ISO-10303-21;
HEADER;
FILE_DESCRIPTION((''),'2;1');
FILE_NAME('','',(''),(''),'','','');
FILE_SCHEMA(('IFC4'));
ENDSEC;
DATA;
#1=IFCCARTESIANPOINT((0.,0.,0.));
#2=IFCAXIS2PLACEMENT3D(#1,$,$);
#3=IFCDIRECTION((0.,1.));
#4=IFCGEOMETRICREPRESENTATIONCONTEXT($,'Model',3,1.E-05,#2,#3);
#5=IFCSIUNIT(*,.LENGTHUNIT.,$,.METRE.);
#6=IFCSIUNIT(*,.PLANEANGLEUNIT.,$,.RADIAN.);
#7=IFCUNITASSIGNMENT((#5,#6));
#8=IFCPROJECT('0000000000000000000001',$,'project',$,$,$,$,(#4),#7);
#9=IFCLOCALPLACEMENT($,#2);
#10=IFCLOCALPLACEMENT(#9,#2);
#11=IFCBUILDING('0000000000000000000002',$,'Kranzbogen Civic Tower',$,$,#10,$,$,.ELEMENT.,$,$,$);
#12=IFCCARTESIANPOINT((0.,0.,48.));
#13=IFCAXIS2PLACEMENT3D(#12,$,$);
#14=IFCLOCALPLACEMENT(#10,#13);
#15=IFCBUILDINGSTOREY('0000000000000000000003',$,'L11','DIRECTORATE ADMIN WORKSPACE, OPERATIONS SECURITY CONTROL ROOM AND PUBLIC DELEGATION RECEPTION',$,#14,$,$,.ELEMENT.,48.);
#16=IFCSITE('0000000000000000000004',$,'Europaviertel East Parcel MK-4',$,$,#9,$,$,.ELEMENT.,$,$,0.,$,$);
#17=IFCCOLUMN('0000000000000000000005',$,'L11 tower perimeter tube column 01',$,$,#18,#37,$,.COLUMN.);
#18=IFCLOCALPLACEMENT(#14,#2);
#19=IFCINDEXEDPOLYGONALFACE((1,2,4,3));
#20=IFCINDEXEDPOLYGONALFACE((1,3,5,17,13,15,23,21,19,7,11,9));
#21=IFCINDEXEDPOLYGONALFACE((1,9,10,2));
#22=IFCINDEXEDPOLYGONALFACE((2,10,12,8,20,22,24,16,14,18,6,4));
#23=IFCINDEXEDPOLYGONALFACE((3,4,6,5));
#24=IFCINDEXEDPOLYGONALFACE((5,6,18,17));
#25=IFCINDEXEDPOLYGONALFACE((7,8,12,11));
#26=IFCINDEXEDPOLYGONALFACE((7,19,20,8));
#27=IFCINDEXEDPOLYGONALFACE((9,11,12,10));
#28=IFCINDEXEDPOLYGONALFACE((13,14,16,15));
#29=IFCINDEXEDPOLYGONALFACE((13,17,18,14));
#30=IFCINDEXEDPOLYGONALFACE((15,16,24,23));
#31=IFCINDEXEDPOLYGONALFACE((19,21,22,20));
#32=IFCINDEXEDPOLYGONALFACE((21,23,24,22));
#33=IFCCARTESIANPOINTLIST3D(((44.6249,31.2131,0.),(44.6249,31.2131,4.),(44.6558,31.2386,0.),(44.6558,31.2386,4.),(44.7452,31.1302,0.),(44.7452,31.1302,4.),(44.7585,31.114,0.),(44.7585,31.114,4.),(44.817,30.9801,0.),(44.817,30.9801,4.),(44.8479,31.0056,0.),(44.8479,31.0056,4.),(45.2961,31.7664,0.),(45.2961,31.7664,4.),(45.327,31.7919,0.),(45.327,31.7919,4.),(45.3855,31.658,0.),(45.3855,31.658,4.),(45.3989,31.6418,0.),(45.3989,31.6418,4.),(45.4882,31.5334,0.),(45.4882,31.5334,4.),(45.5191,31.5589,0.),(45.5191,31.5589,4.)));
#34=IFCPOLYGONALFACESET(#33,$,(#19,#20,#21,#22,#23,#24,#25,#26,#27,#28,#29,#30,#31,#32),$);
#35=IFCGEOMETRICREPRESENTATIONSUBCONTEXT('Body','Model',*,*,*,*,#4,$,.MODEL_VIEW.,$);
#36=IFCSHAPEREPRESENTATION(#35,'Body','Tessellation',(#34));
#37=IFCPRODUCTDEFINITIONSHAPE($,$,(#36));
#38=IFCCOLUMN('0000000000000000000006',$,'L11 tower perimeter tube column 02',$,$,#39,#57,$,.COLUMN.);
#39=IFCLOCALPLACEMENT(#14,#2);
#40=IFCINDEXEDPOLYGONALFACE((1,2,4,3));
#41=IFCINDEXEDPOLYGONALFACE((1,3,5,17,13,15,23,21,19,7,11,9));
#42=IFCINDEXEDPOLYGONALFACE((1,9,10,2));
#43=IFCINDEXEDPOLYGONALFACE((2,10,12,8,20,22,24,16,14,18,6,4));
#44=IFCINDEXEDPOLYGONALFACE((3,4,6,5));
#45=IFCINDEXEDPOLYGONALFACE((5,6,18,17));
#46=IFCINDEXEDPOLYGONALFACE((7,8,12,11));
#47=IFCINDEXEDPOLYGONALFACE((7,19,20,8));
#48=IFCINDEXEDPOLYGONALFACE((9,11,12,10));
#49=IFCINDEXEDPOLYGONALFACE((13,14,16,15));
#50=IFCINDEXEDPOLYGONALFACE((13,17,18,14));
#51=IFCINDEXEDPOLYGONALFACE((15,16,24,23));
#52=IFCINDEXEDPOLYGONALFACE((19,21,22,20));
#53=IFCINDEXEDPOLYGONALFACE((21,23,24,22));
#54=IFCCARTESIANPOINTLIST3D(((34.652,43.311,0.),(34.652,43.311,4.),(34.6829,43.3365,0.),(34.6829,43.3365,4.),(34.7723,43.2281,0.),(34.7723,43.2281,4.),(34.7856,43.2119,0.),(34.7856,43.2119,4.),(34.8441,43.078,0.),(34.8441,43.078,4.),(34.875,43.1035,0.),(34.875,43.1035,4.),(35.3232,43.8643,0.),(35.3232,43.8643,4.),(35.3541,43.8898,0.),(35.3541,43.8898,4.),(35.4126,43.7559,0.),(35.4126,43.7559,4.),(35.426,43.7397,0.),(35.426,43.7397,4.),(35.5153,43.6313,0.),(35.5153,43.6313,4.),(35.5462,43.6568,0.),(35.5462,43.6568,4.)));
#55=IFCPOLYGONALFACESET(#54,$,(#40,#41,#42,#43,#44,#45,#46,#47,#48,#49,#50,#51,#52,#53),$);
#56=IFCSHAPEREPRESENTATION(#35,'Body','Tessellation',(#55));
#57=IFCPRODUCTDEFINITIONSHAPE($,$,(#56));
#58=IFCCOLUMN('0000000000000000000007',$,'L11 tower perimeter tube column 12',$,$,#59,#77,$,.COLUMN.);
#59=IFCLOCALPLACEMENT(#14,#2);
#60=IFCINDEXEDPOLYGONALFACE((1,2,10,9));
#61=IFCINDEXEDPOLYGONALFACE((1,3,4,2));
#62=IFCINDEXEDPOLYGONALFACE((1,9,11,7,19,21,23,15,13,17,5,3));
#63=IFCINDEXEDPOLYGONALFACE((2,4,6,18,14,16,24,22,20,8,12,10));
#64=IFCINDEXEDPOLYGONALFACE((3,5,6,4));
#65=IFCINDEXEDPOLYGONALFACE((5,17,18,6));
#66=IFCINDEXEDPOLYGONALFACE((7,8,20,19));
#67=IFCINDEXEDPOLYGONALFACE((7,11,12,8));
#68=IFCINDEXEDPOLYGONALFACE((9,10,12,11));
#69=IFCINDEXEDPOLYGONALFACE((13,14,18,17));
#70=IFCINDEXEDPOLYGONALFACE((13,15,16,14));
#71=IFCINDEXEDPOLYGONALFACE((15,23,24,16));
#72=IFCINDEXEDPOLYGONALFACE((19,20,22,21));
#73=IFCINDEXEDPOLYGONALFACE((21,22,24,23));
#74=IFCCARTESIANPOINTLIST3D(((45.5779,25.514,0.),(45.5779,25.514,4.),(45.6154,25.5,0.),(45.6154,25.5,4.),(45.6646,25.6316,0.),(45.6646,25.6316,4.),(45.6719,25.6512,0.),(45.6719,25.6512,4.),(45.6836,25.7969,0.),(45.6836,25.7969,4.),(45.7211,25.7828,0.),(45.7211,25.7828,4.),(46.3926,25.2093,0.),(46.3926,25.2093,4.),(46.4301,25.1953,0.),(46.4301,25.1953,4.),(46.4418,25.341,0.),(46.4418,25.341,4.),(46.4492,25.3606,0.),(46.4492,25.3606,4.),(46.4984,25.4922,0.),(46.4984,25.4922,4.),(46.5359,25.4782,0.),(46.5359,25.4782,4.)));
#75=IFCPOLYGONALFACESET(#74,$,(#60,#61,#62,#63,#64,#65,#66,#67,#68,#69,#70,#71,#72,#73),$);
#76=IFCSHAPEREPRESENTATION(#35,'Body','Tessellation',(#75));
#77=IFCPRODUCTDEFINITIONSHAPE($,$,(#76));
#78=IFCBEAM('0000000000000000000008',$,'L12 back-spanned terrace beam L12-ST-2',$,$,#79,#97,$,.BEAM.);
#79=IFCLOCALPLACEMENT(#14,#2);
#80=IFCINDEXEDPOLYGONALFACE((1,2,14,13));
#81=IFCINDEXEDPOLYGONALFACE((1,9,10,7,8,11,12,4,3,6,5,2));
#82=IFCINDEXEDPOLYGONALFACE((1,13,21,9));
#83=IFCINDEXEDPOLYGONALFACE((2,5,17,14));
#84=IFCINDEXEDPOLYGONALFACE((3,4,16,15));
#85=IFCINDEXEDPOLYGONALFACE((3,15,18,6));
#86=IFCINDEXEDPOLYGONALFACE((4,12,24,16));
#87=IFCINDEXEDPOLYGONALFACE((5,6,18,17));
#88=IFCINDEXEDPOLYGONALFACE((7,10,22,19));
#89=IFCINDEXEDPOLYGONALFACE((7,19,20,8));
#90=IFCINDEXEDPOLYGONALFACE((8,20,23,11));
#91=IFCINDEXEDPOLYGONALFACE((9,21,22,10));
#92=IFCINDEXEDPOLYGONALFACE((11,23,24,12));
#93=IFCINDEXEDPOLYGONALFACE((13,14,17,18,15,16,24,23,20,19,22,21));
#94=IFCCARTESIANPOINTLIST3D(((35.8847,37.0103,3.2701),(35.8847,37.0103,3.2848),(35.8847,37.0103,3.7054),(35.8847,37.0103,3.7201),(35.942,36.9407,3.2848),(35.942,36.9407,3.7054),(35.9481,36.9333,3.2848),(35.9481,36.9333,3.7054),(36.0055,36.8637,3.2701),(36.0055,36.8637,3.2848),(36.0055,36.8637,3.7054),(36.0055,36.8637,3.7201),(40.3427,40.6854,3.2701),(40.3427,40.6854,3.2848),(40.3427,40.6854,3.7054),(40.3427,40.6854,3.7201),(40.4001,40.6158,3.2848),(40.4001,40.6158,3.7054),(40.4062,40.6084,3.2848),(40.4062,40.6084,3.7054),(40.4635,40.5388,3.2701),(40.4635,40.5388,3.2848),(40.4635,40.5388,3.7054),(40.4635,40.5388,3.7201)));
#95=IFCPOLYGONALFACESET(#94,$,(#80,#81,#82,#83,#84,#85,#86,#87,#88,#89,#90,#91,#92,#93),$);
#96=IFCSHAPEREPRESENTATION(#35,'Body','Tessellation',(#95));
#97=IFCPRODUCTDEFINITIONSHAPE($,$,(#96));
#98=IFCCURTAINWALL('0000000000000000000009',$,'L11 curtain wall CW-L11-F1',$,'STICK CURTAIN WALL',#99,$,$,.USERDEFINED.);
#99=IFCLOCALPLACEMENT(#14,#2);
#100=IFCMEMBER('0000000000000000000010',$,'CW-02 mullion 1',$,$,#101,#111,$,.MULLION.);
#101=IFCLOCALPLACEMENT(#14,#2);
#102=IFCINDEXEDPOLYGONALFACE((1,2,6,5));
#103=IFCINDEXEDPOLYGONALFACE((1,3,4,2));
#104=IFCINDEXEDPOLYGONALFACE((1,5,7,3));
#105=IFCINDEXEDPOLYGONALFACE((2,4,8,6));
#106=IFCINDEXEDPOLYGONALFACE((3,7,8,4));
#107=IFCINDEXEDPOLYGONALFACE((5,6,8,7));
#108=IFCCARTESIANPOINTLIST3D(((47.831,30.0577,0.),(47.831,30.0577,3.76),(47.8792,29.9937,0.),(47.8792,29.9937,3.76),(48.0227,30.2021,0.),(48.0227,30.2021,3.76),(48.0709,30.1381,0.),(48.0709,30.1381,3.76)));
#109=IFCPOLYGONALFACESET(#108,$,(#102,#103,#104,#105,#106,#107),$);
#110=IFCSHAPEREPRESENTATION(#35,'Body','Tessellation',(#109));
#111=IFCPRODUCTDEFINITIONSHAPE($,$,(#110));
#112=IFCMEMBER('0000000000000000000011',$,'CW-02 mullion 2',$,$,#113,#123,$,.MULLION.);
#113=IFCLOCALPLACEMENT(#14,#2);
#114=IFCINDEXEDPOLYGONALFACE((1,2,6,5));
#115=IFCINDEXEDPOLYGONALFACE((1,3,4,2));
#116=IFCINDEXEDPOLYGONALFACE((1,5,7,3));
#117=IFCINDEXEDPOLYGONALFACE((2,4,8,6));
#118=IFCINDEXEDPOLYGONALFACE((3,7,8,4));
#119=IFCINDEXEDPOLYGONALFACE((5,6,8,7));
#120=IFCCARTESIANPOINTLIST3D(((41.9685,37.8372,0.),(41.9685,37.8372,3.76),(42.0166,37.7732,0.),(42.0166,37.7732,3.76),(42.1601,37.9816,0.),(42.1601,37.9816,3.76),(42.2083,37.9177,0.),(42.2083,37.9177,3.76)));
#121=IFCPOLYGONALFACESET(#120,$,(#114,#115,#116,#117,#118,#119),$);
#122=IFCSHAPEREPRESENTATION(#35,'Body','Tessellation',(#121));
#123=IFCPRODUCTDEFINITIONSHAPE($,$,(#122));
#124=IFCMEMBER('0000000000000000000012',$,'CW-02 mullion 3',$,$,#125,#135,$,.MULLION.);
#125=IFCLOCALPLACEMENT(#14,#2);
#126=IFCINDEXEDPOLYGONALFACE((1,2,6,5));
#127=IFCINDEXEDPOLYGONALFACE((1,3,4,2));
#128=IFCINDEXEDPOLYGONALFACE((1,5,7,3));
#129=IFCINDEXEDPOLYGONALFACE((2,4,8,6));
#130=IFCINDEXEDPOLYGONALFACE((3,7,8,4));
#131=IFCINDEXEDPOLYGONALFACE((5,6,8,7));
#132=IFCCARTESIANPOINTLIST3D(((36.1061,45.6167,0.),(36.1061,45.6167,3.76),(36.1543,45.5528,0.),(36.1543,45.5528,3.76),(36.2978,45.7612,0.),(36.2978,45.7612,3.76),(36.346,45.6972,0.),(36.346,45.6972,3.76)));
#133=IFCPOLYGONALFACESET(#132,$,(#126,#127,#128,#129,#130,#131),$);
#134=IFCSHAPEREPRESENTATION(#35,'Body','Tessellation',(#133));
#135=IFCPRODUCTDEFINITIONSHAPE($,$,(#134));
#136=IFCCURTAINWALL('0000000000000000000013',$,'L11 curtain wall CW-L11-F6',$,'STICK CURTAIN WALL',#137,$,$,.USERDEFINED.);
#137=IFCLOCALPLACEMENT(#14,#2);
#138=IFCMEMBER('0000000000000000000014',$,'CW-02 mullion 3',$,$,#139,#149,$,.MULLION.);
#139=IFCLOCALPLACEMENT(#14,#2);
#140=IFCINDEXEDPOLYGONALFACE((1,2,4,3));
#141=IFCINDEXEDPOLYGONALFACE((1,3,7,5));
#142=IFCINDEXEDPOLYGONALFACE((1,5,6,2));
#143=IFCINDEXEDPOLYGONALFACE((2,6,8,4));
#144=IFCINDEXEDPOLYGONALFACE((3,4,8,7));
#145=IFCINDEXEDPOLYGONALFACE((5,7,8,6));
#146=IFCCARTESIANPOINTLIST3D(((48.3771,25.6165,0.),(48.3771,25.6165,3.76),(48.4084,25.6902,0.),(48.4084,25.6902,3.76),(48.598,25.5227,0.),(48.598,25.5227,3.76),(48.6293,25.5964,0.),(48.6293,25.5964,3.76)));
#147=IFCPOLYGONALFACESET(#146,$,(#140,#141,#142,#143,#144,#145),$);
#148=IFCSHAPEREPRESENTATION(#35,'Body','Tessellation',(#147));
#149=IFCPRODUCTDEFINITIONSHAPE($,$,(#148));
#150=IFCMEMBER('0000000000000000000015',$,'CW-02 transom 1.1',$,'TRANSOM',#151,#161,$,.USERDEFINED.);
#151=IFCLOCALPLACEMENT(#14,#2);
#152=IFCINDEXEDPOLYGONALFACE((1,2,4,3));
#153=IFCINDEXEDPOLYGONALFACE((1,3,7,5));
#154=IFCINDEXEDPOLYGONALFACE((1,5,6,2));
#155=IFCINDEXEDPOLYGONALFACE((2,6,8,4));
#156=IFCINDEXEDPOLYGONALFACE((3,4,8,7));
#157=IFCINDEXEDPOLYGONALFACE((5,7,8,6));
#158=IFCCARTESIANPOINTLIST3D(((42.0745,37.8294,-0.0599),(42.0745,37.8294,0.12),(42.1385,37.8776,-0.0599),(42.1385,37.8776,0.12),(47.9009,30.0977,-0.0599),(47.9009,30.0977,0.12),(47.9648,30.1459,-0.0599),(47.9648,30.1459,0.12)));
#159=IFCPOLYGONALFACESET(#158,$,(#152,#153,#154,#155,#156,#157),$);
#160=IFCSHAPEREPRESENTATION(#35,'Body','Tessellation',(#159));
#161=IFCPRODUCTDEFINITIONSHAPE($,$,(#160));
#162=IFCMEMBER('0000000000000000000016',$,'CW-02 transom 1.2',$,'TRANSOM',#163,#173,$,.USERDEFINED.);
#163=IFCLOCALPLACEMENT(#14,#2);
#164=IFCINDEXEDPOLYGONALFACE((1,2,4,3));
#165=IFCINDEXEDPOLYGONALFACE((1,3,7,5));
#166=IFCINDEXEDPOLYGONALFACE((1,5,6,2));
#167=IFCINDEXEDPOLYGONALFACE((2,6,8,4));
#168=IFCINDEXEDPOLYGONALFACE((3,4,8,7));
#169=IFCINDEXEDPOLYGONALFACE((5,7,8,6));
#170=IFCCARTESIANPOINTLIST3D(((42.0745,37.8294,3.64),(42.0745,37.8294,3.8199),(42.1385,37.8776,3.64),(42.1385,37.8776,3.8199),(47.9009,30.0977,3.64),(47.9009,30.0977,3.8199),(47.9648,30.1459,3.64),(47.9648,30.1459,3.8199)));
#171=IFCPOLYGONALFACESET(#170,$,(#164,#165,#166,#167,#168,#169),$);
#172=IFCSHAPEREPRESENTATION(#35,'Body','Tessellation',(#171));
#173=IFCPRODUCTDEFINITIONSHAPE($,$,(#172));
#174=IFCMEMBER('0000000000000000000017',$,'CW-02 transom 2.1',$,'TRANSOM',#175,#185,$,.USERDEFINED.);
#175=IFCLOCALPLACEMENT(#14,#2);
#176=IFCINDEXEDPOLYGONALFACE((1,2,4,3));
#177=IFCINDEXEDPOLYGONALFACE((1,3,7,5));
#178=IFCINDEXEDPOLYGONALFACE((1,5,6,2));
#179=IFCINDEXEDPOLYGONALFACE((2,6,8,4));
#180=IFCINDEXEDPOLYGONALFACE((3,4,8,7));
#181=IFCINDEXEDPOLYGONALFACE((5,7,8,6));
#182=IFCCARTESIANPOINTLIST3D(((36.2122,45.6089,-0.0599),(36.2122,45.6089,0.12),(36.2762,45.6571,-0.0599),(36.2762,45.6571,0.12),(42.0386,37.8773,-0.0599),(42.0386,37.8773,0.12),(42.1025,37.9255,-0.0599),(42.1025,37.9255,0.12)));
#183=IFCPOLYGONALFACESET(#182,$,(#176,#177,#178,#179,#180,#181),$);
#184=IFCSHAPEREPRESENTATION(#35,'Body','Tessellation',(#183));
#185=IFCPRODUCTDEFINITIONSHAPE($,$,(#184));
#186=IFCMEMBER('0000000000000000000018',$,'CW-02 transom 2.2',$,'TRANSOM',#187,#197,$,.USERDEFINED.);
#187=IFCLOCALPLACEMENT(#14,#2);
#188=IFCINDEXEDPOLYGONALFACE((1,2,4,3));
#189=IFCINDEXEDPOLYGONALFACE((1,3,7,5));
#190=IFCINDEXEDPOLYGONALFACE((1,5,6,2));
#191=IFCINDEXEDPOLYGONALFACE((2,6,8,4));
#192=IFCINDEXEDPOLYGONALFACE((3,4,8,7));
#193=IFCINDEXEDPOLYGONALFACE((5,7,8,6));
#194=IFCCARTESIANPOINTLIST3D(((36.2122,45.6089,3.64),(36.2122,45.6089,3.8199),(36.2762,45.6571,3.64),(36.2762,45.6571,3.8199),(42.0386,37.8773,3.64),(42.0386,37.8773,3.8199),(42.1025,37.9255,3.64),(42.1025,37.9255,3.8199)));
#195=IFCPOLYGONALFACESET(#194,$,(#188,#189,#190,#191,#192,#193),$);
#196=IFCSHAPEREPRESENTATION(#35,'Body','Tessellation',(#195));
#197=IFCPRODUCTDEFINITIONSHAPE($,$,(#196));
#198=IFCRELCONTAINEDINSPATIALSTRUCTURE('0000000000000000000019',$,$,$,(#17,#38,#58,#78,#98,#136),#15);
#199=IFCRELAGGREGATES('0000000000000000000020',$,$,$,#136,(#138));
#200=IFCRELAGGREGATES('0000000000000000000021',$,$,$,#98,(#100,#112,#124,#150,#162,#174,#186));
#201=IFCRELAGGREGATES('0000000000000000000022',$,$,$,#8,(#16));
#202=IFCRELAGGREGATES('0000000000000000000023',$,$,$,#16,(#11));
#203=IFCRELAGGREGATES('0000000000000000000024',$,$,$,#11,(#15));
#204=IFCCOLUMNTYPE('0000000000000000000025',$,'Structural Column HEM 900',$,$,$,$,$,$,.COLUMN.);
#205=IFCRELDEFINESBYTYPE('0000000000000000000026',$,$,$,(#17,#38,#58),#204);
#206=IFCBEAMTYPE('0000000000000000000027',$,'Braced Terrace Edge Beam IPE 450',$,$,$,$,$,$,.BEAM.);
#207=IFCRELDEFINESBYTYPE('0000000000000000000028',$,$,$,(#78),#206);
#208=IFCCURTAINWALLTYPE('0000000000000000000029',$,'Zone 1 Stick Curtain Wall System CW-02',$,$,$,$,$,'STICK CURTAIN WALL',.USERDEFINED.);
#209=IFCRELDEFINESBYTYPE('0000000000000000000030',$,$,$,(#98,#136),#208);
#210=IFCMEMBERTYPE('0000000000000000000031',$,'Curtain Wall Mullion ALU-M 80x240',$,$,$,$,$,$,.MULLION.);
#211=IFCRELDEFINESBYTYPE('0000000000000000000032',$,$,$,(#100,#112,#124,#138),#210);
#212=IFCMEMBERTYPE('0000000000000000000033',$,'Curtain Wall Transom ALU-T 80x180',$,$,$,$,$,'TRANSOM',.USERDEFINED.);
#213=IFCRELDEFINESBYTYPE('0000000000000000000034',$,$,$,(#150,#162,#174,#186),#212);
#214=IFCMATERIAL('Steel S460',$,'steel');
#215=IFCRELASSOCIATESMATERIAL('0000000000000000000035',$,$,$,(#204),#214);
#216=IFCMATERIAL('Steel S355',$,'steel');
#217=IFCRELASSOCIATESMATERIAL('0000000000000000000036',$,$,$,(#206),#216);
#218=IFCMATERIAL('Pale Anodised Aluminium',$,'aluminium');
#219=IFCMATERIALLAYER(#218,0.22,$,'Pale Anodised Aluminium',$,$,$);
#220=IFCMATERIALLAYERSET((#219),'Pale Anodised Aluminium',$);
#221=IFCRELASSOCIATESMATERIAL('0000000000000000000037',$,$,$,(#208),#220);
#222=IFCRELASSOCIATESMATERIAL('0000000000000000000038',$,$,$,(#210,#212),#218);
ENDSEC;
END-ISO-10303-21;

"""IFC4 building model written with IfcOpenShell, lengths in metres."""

from ifc_helpers import new_model, si_unit, direction, frame, origin, origin_2d, place, context, subcontext, project, spatial, rectangle, i_section, extrude, material, layer, layer_set, material_profile, profile_set, type_object, element, aggregate, save


model = new_model("IFC4")

# Units and contexts
model_context = context("Model", 3, precision=1e-05, world=origin(), true_north=direction((0.0, 1.0)))
body_context = subcontext(model_context, "Body", "Model", "MODEL_VIEW")
ifc_project = project(units=[si_unit("LENGTHUNIT", "METRE"), si_unit("PLANEANGLEUNIT", "RADIAN")], contexts=[model_context])

# Site, building, storey
site_placement = place(None, origin())
site = spatial("IfcSite", under=ifc_project, at=site_placement, Name="Europaviertel East Parcel MK-4", CompositionType="ELEMENT", RefElevation=0.0)
building_placement = place(site_placement, origin())
building = spatial("IfcBuilding", under=site, at=building_placement, Name="Kranzbogen Civic Tower", CompositionType="ELEMENT")
storey_placement = place(building_placement, frame((0.0, 0.0, 48.0)))
storey = spatial("IfcBuildingStorey", under=building, at=storey_placement, Name="L11", Description="DIRECTORATE ADMIN WORKSPACE, OPERATIONS SECURITY CONTROL ROOM AND PUBLIC DELEGATION RECEPTION", CompositionType="ELEMENT", Elevation=48.0)

# Columns
ifc_material_1 = material(Name="Steel S460", Category="steel")
ifc_material_profile_1 = material_profile(ifc_material_1, i_section(OverallWidth=0.302, OverallDepth=0.9099, WebThickness=0.021, FlangeThickness=0.04, at=origin_2d()), Name="HEM 900")
ifc_profile_set_1 = profile_set([ifc_material_profile_1], Name="Steel S460")
column_type = type_object("IfcColumnType", Name="Structural Column HEM 900", PredefinedType="COLUMN", material=ifc_profile_set_1)
for number, where, z_axis, x_axis, name in (
    (1, (45.072, 31.386, 0.0), (0.0, 0.0, 1.0), (-0.636078, 0.771625, 0.0), "L11 tower perimeter tube column 01"),
    (2, (35.0991, 43.4839, 0.0), (0.0, 0.0, 1.0), (-0.636078, 0.771625, 0.0), "L11 tower perimeter tube column 02"),
    (3, (46.0569, 25.4961, 0.0), (0.0, 0.0, 1.0), (0.350207, 0.936672, 0.0), "L11 tower perimeter tube column 12"),
):
    element("IfcColumn", number, at=place(storey_placement, frame(where, z_axis=z_axis, x_axis=x_axis)), inside=storey, type_object=column_type, Name=name, PredefinedType="COLUMN", context=body_context, shape_type="SweptSolid", body=[
        extrude(i_section(OverallWidth=0.302, OverallDepth=0.9099, WebThickness=0.021, FlangeThickness=0.04, at=origin_2d()), origin(), (0.0, 0.0, 1.0), 4.0),
    ])

# Beam
ifc_material_2 = material(Name="Steel S355", Category="steel")
ifc_material_profile_2 = material_profile(ifc_material_2, i_section(OverallWidth=0.1899, OverallDepth=0.45, WebThickness=0.0095, FlangeThickness=0.0146, at=origin_2d()), Name="IPE 450")
ifc_profile_set_2 = profile_set([ifc_material_profile_2], Name="Steel S355")
beam_type_1 = type_object("IfcBeamType", Name="Braced Terrace Edge Beam IPE 450", PredefinedType="BEAM", material=ifc_profile_set_2)
beam_1_placement = place(storey_placement, frame((35.9451, 36.937, 3.4951), z_axis=(0.771612, 0.636094, 0.0), x_axis=(-0.636094, 0.771612, 0.0)))
element("IfcBeam", 4, at=beam_1_placement, inside=storey, type_object=beam_type_1, Name="L12 back-spanned terrace beam L12-ST-2", PredefinedType="BEAM", context=body_context, shape_type="SweptSolid", body=[
    extrude(i_section(OverallWidth=0.1899, OverallDepth=0.45, WebThickness=0.0095, FlangeThickness=0.0146, at=origin_2d()), origin(), (0.0, 0.0, 1.0), 5.7776),
])

# Curtain wall, members
ifc_material_3 = material(Name="Pale Anodised Aluminium", Category="aluminium")
ifc_layer_1 = layer(ifc_material_3, 0.22, Name="Pale Anodised Aluminium")
ifc_layer_set_1 = layer_set([ifc_layer_1], Name="Pale Anodised Aluminium")
curtain_wall_type = type_object("IfcCurtainWallType", Name="Zone 1 Stick Curtain Wall System CW-02", ElementType="STICK CURTAIN WALL", PredefinedType="USERDEFINED", material=ifc_layer_set_1)
curtain_wall_1_placement = place(storey_placement, origin())
curtain_wall_1 = element("IfcCurtainWall", 5, at=curtain_wall_1_placement, inside=storey, type_object=curtain_wall_type, Name="L11 curtain wall CW-L11-F1", ObjectType="STICK CURTAIN WALL", PredefinedType="USERDEFINED")
ifc_material_profile_3 = material_profile(ifc_material_3, rectangle(XDim=0.0801, YDim=0.24, at=origin_2d()), Name="ALU-M 80x240")
ifc_profile_set_3 = profile_set([ifc_material_profile_3], Name="Pale Anodised Aluminium")
member_type_1 = type_object("IfcMemberType", Name="Curtain Wall Mullion ALU-M 80x240", PredefinedType="MULLION", material=ifc_profile_set_3)
member_1_placement = place(storey_placement, frame((47.9509, 30.0979, 0.0), z_axis=(0.0, 0.0, 1.0), x_axis=(-0.601824, 0.798629, 0.0)))
member_1 = element("IfcMember", 6, at=member_1_placement, type_object=member_type_1, Name="CW-02 mullion 1", PredefinedType="MULLION", context=body_context, shape_type="SweptSolid", body=[
    extrude(rectangle(XDim=0.0801, YDim=0.24, at=origin_2d()), origin(), (0.0, 0.0, 1.0), 3.76),
])
member_2_placement = place(storey_placement, frame((42.0884, 37.8774, 0.0), z_axis=(0.0, 0.0, 1.0), x_axis=(-0.601824, 0.798629, 0.0)))
member_2 = element("IfcMember", 7, at=member_2_placement, type_object=member_type_1, Name="CW-02 mullion 2", PredefinedType="MULLION", context=body_context, shape_type="SweptSolid", body=[
    extrude(rectangle(XDim=0.0801, YDim=0.24, at=origin_2d()), origin(), (0.0, 0.0, 1.0), 3.76),
])
member_3_placement = place(storey_placement, frame((36.2261, 45.657, 0.0), z_axis=(0.0, 0.0, 1.0), x_axis=(-0.601824, 0.798629, 0.0)))
member_3 = element("IfcMember", 8, at=member_3_placement, type_object=member_type_1, Name="CW-02 mullion 3", PredefinedType="MULLION", context=body_context, shape_type="SweptSolid", body=[
    extrude(rectangle(XDim=0.0801, YDim=0.24, at=origin_2d()), origin(), (0.0, 0.0, 1.0), 3.76),
])

# Curtain wall, member
curtain_wall_2_placement = place(storey_placement, origin())
curtain_wall_2 = element("IfcCurtainWall", 9, at=curtain_wall_2_placement, inside=storey, type_object=curtain_wall_type, Name="L11 curtain wall CW-L11-F6", ObjectType="STICK CURTAIN WALL", PredefinedType="USERDEFINED")
member_4_placement = place(storey_placement, frame((48.5032, 25.6064, 0.0), z_axis=(0.0, 0.0, 1.0), x_axis=(0.39078, 0.920484, 0.0)))
member_4 = element("IfcMember", 10, at=member_4_placement, type_object=member_type_1, Name="CW-02 mullion 3", PredefinedType="MULLION", context=body_context, shape_type="SweptSolid", body=[
    extrude(rectangle(XDim=0.0801, YDim=0.24, at=origin_2d()), origin(), (0.0, 0.0, 1.0), 3.76),
])
aggregate(curtain_wall_2, [member_4])

# Members
ifc_material_profile_4 = material_profile(ifc_material_3, rectangle(XDim=0.0801, YDim=0.1799, at=origin_2d()), Name="ALU-T 80x180")
ifc_profile_set_4 = profile_set([ifc_material_profile_4], Name="Pale Anodised Aluminium")
member_type_2 = type_object("IfcMemberType", Name="Curtain Wall Transom ALU-T 80x180", ElementType="TRANSOM", PredefinedType="USERDEFINED", material=ifc_profile_set_4)
member_5_placement = place(storey_placement, frame((47.9329, 30.1218, 0.03), z_axis=(-0.601826, 0.798627, 0.0), x_axis=(-0.798627, -0.601826, 0.0)))
member_5 = element("IfcMember", 11, at=member_5_placement, type_object=member_type_2, Name="CW-02 transom 1.1", ObjectType="TRANSOM", PredefinedType="USERDEFINED", context=body_context, shape_type="SweptSolid", body=[
    extrude(rectangle(XDim=0.0801, YDim=0.1799, at=origin_2d()), origin(), (0.0, 0.0, 1.0), 9.6812),
])
member_6_placement = place(storey_placement, frame((47.9329, 30.1218, 3.73), z_axis=(-0.601826, 0.798627, 0.0), x_axis=(-0.798627, -0.601826, 0.0)))
member_6 = element("IfcMember", 12, at=member_6_placement, type_object=member_type_2, Name="CW-02 transom 1.2", ObjectType="TRANSOM", PredefinedType="USERDEFINED", context=body_context, shape_type="SweptSolid", body=[
    extrude(rectangle(XDim=0.0801, YDim=0.1799, at=origin_2d()), origin(), (0.0, 0.0, 1.0), 9.6812),
])
member_7_placement = place(storey_placement, frame((42.0706, 37.9014, 0.03), z_axis=(-0.601826, 0.798627, 0.0), x_axis=(-0.798627, -0.601826, 0.0)))
member_7 = element("IfcMember", 13, at=member_7_placement, type_object=member_type_2, Name="CW-02 transom 2.1", ObjectType="TRANSOM", PredefinedType="USERDEFINED", context=body_context, shape_type="SweptSolid", body=[
    extrude(rectangle(XDim=0.0801, YDim=0.1799, at=origin_2d()), origin(), (0.0, 0.0, 1.0), 9.6812),
])
member_8_placement = place(storey_placement, frame((42.0706, 37.9014, 3.73), z_axis=(-0.601826, 0.798627, 0.0), x_axis=(-0.798627, -0.601826, 0.0)))
member_8 = element("IfcMember", 14, at=member_8_placement, type_object=member_type_2, Name="CW-02 transom 2.2", ObjectType="TRANSOM", PredefinedType="USERDEFINED", context=body_context, shape_type="SweptSolid", body=[
    extrude(rectangle(XDim=0.0801, YDim=0.1799, at=origin_2d()), origin(), (0.0, 0.0, 1.0), 9.6812),
])

aggregate(curtain_wall_1, [member_1, member_2, member_3, member_5, member_6, member_7, member_8])

save(model, "model.ifc")
